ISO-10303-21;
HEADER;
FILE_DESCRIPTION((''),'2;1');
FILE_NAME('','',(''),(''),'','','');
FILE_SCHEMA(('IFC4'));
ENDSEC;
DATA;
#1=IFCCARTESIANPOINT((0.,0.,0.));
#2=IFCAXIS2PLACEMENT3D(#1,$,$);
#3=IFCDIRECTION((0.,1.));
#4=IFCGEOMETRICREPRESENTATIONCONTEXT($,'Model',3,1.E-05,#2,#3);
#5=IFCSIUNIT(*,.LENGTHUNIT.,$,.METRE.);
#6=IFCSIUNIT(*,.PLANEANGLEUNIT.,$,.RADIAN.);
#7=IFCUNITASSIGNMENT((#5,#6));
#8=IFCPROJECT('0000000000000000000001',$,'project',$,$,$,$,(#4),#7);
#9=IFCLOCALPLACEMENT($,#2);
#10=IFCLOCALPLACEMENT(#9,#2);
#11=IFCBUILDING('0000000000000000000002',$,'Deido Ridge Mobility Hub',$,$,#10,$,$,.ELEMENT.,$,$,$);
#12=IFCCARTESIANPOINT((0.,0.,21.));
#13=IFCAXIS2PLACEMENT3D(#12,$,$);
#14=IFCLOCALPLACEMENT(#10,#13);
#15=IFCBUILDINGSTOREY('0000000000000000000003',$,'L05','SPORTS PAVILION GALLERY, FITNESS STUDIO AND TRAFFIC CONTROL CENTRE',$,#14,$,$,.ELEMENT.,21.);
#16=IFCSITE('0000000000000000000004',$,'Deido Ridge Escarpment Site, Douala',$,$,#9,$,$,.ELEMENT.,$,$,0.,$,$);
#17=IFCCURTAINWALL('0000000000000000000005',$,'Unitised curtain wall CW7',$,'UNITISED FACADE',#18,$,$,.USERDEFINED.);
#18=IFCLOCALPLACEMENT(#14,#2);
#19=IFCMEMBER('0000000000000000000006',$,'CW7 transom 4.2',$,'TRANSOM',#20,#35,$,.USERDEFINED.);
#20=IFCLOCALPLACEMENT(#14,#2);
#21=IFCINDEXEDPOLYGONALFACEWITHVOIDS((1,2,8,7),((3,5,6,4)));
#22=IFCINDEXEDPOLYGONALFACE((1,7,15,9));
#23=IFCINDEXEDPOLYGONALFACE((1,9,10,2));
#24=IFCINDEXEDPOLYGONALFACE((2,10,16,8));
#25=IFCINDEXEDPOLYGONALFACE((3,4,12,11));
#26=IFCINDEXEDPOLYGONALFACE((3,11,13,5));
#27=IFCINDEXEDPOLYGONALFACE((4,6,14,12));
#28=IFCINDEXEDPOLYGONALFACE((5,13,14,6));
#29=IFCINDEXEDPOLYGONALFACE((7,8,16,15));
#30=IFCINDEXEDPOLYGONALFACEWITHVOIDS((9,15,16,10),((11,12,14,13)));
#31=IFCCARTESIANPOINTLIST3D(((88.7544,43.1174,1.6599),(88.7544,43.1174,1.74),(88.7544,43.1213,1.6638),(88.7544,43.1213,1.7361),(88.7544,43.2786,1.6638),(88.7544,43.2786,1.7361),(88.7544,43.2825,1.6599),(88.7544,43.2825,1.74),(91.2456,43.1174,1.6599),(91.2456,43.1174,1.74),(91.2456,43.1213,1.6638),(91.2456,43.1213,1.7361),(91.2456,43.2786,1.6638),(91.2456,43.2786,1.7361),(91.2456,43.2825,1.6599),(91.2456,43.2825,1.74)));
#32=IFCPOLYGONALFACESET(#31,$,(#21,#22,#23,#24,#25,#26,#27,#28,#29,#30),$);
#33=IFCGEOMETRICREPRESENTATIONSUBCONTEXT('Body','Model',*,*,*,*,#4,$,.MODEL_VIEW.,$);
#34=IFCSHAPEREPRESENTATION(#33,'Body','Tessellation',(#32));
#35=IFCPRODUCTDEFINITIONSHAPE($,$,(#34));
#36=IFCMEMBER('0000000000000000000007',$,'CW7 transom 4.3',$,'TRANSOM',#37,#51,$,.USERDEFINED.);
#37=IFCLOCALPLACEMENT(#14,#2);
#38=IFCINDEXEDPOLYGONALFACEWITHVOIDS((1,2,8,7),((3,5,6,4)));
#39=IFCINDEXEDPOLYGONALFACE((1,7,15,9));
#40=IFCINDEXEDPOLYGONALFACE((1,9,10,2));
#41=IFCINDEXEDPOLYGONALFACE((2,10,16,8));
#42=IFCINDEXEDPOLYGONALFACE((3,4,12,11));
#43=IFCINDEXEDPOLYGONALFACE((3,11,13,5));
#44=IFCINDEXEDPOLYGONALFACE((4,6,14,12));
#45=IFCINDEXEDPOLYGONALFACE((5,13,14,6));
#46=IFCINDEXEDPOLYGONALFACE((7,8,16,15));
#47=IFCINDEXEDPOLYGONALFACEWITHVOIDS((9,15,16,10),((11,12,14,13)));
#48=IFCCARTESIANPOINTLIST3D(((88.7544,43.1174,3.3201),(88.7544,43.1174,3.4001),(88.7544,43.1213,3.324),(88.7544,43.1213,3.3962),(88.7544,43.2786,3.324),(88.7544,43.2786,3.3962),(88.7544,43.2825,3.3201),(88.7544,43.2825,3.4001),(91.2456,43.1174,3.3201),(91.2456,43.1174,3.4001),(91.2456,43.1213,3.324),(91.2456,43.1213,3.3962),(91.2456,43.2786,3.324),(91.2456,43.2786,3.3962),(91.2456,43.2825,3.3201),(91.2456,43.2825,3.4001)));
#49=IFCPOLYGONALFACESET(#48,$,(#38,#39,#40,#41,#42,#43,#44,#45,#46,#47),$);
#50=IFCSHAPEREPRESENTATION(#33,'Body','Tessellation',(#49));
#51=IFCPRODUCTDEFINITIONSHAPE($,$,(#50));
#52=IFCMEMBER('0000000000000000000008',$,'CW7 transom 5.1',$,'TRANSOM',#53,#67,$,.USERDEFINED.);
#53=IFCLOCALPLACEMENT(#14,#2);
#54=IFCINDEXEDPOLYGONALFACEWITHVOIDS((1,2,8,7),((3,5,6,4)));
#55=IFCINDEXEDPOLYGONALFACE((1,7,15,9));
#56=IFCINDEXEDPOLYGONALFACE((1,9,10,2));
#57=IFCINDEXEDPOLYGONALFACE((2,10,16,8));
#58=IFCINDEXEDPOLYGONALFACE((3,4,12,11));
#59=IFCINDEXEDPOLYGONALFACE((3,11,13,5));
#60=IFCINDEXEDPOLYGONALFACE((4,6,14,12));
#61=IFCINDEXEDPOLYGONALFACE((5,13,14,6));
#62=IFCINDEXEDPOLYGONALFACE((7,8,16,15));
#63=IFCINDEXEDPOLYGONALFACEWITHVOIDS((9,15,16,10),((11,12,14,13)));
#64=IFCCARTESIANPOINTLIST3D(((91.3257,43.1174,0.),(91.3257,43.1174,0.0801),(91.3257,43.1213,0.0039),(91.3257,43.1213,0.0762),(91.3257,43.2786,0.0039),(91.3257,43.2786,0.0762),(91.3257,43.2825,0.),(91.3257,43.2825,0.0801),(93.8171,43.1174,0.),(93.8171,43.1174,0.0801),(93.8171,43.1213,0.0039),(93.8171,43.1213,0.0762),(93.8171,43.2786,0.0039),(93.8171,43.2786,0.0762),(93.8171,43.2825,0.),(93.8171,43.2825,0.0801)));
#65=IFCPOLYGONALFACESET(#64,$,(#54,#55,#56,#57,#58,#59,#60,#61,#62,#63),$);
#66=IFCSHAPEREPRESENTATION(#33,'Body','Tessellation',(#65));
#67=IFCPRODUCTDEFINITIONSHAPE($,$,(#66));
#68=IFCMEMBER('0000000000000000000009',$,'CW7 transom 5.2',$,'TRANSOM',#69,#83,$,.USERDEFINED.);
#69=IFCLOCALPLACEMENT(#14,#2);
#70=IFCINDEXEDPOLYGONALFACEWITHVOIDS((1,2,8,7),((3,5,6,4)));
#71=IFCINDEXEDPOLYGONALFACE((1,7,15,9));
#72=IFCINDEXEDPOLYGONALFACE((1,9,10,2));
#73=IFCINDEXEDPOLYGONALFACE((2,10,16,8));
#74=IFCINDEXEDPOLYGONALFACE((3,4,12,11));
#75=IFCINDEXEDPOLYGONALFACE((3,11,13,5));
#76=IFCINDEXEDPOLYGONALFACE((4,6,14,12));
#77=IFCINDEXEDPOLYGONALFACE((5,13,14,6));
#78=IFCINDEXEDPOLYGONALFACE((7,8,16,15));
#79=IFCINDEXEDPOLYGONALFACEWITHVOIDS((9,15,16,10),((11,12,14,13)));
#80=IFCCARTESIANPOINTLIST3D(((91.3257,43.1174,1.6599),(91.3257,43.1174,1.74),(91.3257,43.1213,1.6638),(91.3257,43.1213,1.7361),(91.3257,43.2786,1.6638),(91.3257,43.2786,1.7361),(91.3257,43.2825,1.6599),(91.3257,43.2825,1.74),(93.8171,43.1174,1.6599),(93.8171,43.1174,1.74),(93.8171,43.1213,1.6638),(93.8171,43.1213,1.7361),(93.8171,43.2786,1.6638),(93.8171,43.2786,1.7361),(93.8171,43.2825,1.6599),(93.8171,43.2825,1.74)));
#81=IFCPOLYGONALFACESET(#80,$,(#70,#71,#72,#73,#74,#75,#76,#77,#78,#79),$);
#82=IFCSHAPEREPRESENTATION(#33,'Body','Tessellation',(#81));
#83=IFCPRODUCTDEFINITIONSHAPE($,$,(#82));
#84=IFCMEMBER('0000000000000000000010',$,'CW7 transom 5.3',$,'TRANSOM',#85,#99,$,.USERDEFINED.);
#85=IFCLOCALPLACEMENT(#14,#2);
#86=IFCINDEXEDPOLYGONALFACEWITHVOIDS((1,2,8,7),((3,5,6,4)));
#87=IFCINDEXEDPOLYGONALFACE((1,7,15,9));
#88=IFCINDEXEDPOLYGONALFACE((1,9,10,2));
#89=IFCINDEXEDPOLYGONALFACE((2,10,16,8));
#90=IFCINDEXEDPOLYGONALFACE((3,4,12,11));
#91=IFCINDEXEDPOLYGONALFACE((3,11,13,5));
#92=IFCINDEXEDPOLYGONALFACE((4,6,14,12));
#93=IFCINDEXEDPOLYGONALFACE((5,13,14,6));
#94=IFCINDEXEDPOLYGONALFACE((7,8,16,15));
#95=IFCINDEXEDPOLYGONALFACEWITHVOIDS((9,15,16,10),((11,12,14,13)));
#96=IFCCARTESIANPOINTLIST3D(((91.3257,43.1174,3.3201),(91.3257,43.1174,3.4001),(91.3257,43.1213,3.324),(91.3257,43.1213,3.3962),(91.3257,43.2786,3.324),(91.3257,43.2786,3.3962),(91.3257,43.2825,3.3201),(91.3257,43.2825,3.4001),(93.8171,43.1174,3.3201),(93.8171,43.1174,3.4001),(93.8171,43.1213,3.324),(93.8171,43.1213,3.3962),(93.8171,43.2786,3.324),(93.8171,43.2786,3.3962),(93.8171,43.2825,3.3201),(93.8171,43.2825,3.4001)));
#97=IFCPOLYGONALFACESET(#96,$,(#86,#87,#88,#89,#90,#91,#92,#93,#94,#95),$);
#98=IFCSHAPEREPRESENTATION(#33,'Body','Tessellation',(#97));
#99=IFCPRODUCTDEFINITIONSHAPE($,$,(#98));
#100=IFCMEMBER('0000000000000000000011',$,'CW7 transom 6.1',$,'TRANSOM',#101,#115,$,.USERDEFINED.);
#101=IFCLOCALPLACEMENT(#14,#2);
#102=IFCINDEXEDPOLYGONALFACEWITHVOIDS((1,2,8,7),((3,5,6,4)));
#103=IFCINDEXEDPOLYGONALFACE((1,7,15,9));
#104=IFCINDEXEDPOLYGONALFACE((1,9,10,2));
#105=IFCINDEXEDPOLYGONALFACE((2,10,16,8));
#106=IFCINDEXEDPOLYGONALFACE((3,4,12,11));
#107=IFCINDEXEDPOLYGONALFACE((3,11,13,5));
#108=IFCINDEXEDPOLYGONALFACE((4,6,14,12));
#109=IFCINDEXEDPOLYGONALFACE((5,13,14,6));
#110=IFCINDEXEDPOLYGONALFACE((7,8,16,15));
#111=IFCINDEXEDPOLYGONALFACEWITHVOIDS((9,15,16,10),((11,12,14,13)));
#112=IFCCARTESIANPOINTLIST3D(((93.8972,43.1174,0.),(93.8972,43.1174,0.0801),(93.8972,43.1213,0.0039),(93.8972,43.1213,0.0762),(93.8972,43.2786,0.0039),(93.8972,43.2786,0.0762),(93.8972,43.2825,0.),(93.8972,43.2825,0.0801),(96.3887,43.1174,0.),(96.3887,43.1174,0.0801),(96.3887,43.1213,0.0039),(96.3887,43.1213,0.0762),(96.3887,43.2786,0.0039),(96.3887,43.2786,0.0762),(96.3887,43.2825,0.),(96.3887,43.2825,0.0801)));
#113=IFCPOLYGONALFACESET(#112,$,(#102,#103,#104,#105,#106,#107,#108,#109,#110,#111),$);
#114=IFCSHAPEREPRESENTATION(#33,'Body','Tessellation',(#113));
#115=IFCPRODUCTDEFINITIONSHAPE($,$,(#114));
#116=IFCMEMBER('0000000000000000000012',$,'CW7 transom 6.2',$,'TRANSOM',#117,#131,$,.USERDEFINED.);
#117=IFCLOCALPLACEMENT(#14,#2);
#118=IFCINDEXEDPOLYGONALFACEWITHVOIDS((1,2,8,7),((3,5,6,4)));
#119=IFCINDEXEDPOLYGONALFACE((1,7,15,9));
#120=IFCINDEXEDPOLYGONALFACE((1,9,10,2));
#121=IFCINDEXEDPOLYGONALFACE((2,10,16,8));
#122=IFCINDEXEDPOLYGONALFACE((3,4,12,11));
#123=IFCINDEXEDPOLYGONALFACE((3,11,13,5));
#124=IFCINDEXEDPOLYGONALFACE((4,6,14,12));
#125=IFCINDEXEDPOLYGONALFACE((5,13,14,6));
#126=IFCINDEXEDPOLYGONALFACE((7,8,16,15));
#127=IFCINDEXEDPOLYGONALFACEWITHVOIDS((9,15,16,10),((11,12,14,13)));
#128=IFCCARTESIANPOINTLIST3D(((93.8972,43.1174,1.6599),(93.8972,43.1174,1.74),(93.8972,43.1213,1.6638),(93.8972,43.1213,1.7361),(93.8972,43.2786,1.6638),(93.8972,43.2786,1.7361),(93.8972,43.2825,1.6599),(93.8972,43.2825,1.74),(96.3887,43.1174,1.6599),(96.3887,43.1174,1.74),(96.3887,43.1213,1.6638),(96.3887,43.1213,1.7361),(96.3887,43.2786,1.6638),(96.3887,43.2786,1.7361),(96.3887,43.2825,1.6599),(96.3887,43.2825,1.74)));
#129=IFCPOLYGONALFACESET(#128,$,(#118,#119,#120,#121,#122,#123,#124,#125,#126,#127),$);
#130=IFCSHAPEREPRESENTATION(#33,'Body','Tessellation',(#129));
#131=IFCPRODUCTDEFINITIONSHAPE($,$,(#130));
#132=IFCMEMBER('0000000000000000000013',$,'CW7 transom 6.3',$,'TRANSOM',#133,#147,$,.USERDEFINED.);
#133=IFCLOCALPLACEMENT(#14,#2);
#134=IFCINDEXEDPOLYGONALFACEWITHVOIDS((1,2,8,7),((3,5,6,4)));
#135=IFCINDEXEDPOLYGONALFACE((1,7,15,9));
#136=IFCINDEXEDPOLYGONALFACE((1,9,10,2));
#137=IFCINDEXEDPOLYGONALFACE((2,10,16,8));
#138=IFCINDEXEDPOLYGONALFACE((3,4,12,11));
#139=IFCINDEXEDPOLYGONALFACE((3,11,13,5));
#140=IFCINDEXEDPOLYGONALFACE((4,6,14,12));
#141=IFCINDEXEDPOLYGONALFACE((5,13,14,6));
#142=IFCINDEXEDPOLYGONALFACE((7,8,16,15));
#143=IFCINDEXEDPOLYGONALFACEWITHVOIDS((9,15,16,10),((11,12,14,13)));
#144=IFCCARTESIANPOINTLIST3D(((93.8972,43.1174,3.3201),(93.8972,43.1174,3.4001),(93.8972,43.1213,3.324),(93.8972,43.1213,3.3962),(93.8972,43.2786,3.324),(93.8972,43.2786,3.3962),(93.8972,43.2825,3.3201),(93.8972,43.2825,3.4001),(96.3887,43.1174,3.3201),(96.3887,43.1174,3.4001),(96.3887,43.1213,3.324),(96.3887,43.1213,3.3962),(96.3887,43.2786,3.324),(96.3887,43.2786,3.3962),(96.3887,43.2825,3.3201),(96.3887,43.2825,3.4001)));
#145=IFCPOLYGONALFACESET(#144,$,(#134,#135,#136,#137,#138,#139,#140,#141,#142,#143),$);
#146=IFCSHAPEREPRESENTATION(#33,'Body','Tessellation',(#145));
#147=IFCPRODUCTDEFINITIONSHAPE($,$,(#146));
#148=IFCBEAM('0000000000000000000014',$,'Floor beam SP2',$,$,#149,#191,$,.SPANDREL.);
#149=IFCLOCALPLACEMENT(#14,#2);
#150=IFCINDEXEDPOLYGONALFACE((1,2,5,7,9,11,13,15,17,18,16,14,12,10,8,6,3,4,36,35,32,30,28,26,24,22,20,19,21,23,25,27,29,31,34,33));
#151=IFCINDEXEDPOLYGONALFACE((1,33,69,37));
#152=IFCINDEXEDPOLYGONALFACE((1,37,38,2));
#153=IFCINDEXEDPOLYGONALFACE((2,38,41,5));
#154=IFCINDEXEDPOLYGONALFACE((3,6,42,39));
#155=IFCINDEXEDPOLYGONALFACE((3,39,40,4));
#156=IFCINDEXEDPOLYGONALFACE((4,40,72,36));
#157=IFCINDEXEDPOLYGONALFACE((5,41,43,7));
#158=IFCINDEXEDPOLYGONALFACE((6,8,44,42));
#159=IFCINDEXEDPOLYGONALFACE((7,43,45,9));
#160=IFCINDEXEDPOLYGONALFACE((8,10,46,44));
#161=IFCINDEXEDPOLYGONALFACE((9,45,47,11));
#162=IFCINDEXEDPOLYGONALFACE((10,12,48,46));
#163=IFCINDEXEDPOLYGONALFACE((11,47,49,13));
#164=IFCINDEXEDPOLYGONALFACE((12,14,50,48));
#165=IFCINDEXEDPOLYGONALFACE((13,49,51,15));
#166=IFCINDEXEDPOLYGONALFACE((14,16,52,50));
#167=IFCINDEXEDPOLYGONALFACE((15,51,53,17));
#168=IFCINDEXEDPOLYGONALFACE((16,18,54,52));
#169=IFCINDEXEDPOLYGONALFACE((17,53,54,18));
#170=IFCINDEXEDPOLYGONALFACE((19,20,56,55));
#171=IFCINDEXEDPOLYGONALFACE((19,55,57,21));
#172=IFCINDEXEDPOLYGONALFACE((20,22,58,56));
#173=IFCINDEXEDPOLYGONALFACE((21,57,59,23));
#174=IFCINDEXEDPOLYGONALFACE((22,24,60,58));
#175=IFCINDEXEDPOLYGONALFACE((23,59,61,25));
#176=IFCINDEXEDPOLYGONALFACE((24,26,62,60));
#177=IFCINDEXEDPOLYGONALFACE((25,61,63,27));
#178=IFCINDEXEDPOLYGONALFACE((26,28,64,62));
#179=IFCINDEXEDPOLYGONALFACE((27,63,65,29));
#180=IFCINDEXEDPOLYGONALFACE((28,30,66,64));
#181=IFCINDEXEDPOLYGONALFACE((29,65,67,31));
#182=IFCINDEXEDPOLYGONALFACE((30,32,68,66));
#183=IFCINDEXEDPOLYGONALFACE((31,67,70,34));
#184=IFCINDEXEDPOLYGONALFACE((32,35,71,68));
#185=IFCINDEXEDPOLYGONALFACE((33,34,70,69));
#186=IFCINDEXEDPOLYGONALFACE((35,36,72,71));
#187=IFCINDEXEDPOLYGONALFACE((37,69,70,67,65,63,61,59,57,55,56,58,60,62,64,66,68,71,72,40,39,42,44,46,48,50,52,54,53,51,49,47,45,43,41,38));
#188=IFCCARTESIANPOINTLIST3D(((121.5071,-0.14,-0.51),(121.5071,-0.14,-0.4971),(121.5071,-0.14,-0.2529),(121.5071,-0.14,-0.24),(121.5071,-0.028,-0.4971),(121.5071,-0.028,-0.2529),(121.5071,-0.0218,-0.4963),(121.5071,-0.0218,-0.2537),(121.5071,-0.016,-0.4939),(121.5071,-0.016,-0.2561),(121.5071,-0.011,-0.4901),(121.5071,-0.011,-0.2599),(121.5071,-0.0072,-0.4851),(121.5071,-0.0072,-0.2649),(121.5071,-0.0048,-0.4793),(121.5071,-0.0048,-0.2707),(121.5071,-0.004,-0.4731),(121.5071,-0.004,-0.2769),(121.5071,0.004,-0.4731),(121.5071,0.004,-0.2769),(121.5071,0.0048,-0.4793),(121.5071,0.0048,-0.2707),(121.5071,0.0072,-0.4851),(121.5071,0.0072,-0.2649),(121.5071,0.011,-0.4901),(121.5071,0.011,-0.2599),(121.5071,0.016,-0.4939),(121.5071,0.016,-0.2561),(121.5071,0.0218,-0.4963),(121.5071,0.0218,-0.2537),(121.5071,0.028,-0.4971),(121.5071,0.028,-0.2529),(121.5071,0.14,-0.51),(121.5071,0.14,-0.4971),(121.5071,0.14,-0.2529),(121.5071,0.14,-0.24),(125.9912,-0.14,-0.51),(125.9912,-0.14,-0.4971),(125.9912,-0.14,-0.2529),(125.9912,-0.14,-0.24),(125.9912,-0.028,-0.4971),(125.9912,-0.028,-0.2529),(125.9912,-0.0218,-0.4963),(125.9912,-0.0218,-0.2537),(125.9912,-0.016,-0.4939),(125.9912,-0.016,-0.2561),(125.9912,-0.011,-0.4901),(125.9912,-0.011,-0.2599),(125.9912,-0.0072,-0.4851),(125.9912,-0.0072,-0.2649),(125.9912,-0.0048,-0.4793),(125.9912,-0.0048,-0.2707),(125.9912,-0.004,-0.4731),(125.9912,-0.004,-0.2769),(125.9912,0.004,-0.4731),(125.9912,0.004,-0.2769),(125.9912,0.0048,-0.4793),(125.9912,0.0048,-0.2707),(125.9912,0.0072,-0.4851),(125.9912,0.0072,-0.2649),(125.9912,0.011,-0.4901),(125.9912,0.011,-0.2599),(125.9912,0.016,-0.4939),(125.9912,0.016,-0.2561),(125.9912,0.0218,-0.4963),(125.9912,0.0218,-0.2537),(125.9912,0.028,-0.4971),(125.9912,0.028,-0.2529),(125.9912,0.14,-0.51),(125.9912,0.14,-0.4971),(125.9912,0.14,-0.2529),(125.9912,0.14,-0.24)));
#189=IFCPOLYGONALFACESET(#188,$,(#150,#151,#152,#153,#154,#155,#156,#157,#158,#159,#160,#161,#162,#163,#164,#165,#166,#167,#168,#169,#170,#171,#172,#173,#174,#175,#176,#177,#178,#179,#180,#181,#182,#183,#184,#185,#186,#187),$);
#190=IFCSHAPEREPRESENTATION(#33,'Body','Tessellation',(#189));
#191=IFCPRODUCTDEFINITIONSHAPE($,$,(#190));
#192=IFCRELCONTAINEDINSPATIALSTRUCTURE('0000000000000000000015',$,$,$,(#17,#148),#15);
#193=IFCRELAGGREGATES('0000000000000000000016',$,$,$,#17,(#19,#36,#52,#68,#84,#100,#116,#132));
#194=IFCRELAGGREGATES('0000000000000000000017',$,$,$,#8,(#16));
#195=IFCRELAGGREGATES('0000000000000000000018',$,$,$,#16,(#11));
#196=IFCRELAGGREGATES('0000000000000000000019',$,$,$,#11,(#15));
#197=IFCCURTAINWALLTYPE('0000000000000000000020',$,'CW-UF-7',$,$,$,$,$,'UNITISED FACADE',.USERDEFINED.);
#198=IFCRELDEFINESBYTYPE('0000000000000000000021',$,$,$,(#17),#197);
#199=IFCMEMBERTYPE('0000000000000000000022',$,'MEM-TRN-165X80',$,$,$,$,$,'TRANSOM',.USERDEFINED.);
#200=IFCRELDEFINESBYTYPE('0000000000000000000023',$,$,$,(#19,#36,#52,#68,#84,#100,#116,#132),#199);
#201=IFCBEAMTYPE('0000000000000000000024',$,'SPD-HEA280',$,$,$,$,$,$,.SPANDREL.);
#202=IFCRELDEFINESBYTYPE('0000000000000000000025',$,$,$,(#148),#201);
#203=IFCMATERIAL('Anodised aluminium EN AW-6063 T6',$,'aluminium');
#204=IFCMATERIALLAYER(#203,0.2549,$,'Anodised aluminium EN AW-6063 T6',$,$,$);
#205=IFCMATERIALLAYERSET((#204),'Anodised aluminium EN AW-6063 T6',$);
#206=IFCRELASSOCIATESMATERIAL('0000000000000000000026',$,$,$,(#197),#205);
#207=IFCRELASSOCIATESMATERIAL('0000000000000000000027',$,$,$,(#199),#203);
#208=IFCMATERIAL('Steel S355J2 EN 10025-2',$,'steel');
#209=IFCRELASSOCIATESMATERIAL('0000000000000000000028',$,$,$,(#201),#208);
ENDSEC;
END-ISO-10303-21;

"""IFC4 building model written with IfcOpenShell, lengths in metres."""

from ifc_helpers import new_model, si_unit, direction, frame, origin, origin_2d, place, context, subcontext, project, spatial, hollow_rectangle, i_section, extrude, material, layer, layer_set, material_profile, profile_set, type_object, element, aggregate, save


model = new_model("IFC4")

# Units and contexts
model_context = context("Model", 3, precision=1e-05, world=origin(), true_north=direction((0.0, 1.0)))
body_context = subcontext(model_context, "Body", "Model", "MODEL_VIEW")
ifc_project = project(units=[si_unit("LENGTHUNIT", "METRE"), si_unit("PLANEANGLEUNIT", "RADIAN")], contexts=[model_context])

# Site, building, storey
site_placement = place(None, origin())
site = spatial("IfcSite", under=ifc_project, at=site_placement, Name="Deido Ridge Escarpment Site, Douala", CompositionType="ELEMENT", RefElevation=0.0)
building_placement = place(site_placement, origin())
building = spatial("IfcBuilding", under=site, at=building_placement, Name="Deido Ridge Mobility Hub", CompositionType="ELEMENT")
storey_placement = place(building_placement, frame((0.0, 0.0, 21.0)))
storey = spatial("IfcBuildingStorey", under=building, at=storey_placement, Name="L05", Description="SPORTS PAVILION GALLERY, FITNESS STUDIO AND TRAFFIC CONTROL CENTRE", CompositionType="ELEMENT", Elevation=21.0)

# Shared definitions
ifc_material_1 = material(Name="Steel S355J2 EN 10025-2", Category="steel")

# Curtain wall
ifc_material_2 = material(Name="Anodised aluminium EN AW-6063 T6", Category="aluminium")
ifc_layer_1 = layer(ifc_material_2, 0.2549, Name="Anodised aluminium EN AW-6063 T6")
ifc_layer_set_1 = layer_set([ifc_layer_1], Name="Anodised aluminium EN AW-6063 T6")
curtain_wall_type = type_object("IfcCurtainWallType", Name="CW-UF-7", ElementType="UNITISED FACADE", PredefinedType="USERDEFINED", material=ifc_layer_set_1)
curtain_wall_placement = place(storey_placement, origin())
curtain_wall = element("IfcCurtainWall", 1, at=curtain_wall_placement, inside=storey, type_object=curtain_wall_type, Name="Unitised curtain wall CW7", ObjectType="UNITISED FACADE", PredefinedType="USERDEFINED")

# Members
ifc_material_profile_1 = material_profile(ifc_material_2, hollow_rectangle(XDim=0.165, YDim=0.0801, WallThickness=0.0039, at=origin_2d()), Name="RHS 165x80x4")
ifc_profile_set_1 = profile_set([ifc_material_profile_1], Name="Anodised aluminium EN AW-6063 T6")
member_type_1 = type_object("IfcMemberType", Name="MEM-TRN-165X80", ElementType="TRANSOM", PredefinedType="USERDEFINED", material=ifc_profile_set_1)
member_1_placement = place(storey_placement, frame((88.7544, 43.2, 1.7), z_axis=(1.0, 0.0, 0.0), x_axis=(0.0, 1.0, 0.0)))
member_1 = element("IfcMember", 2, at=member_1_placement, type_object=member_type_1, Name="CW7 transom 4.2", ObjectType="TRANSOM", PredefinedType="USERDEFINED", context=body_context, shape_type="SweptSolid", body=[
    extrude(hollow_rectangle(XDim=0.165, YDim=0.0801, WallThickness=0.0039, at=origin_2d()), origin(), (0.0, 0.0, 1.0), 2.4912),
])
member_2_placement = place(storey_placement, frame((88.7544, 43.2, 3.3601), z_axis=(1.0, 0.0, 0.0), x_axis=(0.0, 1.0, 0.0)))
member_2 = element("IfcMember", 3, at=member_2_placement, type_object=member_type_1, Name="CW7 transom 4.3", ObjectType="TRANSOM", PredefinedType="USERDEFINED", context=body_context, shape_type="SweptSolid", body=[
    extrude(hollow_rectangle(XDim=0.165, YDim=0.0801, WallThickness=0.0039, at=origin_2d()), origin(), (0.0, 0.0, 1.0), 2.4912),
])
member_3_placement = place(storey_placement, frame((91.3257, 43.2, 0.04), z_axis=(1.0, 0.0, 0.0), x_axis=(0.0, 1.0, 0.0)))
member_3 = element("IfcMember", 4, at=member_3_placement, type_object=member_type_1, Name="CW7 transom 5.1", ObjectType="TRANSOM", PredefinedType="USERDEFINED", context=body_context, shape_type="SweptSolid", body=[
    extrude(hollow_rectangle(XDim=0.165, YDim=0.0801, WallThickness=0.0039, at=origin_2d()), origin(), (0.0, 0.0, 1.0), 2.4915),
])
member_4_placement = place(storey_placement, frame((91.3257, 43.2, 1.7), z_axis=(1.0, 0.0, 0.0), x_axis=(0.0, 1.0, 0.0)))
member_4 = element("IfcMember", 5, at=member_4_placement, type_object=member_type_1, Name="CW7 transom 5.2", ObjectType="TRANSOM", PredefinedType="USERDEFINED", context=body_context, shape_type="SweptSolid", body=[
    extrude(hollow_rectangle(XDim=0.165, YDim=0.0801, WallThickness=0.0039, at=origin_2d()), origin(), (0.0, 0.0, 1.0), 2.4915),
])
member_5_placement = place(storey_placement, frame((91.3257, 43.2, 3.3601), z_axis=(1.0, 0.0, 0.0), x_axis=(0.0, 1.0, 0.0)))
member_5 = element("IfcMember", 6, at=member_5_placement, type_object=member_type_1, Name="CW7 transom 5.3", ObjectType="TRANSOM", PredefinedType="USERDEFINED", context=body_context, shape_type="SweptSolid", body=[
    extrude(hollow_rectangle(XDim=0.165, YDim=0.0801, WallThickness=0.0039, at=origin_2d()), origin(), (0.0, 0.0, 1.0), 2.4915),
])
member_6_placement = place(storey_placement, frame((93.8972, 43.2, 0.04), z_axis=(1.0, 0.0, 0.0), x_axis=(0.0, 1.0, 0.0)))
member_6 = element("IfcMember", 7, at=member_6_placement, type_object=member_type_1, Name="CW7 transom 6.1", ObjectType="TRANSOM", PredefinedType="USERDEFINED", context=body_context, shape_type="SweptSolid", body=[
    extrude(hollow_rectangle(XDim=0.165, YDim=0.0801, WallThickness=0.0039, at=origin_2d()), origin(), (0.0, 0.0, 1.0), 2.4915),
])
member_7_placement = place(storey_placement, frame((93.8972, 43.2, 1.7), z_axis=(1.0, 0.0, 0.0), x_axis=(0.0, 1.0, 0.0)))
member_7 = element("IfcMember", 8, at=member_7_placement, type_object=member_type_1, Name="CW7 transom 6.2", ObjectType="TRANSOM", PredefinedType="USERDEFINED", context=body_context, shape_type="SweptSolid", body=[
    extrude(hollow_rectangle(XDim=0.165, YDim=0.0801, WallThickness=0.0039, at=origin_2d()), origin(), (0.0, 0.0, 1.0), 2.4915),
])
member_8_placement = place(storey_placement, frame((93.8972, 43.2, 3.3601), z_axis=(1.0, 0.0, 0.0), x_axis=(0.0, 1.0, 0.0)))
member_8 = element("IfcMember", 9, at=member_8_placement, type_object=member_type_1, Name="CW7 transom 6.3", ObjectType="TRANSOM", PredefinedType="USERDEFINED", context=body_context, shape_type="SweptSolid", body=[
    extrude(hollow_rectangle(XDim=0.165, YDim=0.0801, WallThickness=0.0039, at=origin_2d()), origin(), (0.0, 0.0, 1.0), 2.4915),
])

# Beam
ifc_material_profile_2 = material_profile(ifc_material_1, i_section(OverallWidth=0.28, OverallDepth=0.27, WebThickness=0.0081, FlangeThickness=0.0129, FilletRadius=0.0239, at=origin_2d()), Name="HEA 280")
ifc_profile_set_2 = profile_set([ifc_material_profile_2], Name="Steel S355J2 EN 10025-2")
beam_type_1 = type_object("IfcBeamType", Name="SPD-HEA280", PredefinedType="SPANDREL", material=ifc_profile_set_2)
beam_1_placement = place(storey_placement, frame((121.5071, 0.0, -0.375), z_axis=(1.0, 0.0, 0.0), x_axis=(0.0, 1.0, 0.0)))
element("IfcBeam", 10, at=beam_1_placement, inside=storey, type_object=beam_type_1, Name="Floor beam SP2", PredefinedType="SPANDREL", context=body_context, shape_type="SweptSolid", body=[
    extrude(i_section(OverallWidth=0.28, OverallDepth=0.27, WebThickness=0.0081, FlangeThickness=0.0129, FilletRadius=0.0239, at=origin_2d()), origin(), (0.0, 0.0, 1.0), 4.4841),
])

aggregate(curtain_wall, [member_1, member_2, member_3, member_4, member_5, member_6, member_7, member_8])

save(model, "model.ifc")
